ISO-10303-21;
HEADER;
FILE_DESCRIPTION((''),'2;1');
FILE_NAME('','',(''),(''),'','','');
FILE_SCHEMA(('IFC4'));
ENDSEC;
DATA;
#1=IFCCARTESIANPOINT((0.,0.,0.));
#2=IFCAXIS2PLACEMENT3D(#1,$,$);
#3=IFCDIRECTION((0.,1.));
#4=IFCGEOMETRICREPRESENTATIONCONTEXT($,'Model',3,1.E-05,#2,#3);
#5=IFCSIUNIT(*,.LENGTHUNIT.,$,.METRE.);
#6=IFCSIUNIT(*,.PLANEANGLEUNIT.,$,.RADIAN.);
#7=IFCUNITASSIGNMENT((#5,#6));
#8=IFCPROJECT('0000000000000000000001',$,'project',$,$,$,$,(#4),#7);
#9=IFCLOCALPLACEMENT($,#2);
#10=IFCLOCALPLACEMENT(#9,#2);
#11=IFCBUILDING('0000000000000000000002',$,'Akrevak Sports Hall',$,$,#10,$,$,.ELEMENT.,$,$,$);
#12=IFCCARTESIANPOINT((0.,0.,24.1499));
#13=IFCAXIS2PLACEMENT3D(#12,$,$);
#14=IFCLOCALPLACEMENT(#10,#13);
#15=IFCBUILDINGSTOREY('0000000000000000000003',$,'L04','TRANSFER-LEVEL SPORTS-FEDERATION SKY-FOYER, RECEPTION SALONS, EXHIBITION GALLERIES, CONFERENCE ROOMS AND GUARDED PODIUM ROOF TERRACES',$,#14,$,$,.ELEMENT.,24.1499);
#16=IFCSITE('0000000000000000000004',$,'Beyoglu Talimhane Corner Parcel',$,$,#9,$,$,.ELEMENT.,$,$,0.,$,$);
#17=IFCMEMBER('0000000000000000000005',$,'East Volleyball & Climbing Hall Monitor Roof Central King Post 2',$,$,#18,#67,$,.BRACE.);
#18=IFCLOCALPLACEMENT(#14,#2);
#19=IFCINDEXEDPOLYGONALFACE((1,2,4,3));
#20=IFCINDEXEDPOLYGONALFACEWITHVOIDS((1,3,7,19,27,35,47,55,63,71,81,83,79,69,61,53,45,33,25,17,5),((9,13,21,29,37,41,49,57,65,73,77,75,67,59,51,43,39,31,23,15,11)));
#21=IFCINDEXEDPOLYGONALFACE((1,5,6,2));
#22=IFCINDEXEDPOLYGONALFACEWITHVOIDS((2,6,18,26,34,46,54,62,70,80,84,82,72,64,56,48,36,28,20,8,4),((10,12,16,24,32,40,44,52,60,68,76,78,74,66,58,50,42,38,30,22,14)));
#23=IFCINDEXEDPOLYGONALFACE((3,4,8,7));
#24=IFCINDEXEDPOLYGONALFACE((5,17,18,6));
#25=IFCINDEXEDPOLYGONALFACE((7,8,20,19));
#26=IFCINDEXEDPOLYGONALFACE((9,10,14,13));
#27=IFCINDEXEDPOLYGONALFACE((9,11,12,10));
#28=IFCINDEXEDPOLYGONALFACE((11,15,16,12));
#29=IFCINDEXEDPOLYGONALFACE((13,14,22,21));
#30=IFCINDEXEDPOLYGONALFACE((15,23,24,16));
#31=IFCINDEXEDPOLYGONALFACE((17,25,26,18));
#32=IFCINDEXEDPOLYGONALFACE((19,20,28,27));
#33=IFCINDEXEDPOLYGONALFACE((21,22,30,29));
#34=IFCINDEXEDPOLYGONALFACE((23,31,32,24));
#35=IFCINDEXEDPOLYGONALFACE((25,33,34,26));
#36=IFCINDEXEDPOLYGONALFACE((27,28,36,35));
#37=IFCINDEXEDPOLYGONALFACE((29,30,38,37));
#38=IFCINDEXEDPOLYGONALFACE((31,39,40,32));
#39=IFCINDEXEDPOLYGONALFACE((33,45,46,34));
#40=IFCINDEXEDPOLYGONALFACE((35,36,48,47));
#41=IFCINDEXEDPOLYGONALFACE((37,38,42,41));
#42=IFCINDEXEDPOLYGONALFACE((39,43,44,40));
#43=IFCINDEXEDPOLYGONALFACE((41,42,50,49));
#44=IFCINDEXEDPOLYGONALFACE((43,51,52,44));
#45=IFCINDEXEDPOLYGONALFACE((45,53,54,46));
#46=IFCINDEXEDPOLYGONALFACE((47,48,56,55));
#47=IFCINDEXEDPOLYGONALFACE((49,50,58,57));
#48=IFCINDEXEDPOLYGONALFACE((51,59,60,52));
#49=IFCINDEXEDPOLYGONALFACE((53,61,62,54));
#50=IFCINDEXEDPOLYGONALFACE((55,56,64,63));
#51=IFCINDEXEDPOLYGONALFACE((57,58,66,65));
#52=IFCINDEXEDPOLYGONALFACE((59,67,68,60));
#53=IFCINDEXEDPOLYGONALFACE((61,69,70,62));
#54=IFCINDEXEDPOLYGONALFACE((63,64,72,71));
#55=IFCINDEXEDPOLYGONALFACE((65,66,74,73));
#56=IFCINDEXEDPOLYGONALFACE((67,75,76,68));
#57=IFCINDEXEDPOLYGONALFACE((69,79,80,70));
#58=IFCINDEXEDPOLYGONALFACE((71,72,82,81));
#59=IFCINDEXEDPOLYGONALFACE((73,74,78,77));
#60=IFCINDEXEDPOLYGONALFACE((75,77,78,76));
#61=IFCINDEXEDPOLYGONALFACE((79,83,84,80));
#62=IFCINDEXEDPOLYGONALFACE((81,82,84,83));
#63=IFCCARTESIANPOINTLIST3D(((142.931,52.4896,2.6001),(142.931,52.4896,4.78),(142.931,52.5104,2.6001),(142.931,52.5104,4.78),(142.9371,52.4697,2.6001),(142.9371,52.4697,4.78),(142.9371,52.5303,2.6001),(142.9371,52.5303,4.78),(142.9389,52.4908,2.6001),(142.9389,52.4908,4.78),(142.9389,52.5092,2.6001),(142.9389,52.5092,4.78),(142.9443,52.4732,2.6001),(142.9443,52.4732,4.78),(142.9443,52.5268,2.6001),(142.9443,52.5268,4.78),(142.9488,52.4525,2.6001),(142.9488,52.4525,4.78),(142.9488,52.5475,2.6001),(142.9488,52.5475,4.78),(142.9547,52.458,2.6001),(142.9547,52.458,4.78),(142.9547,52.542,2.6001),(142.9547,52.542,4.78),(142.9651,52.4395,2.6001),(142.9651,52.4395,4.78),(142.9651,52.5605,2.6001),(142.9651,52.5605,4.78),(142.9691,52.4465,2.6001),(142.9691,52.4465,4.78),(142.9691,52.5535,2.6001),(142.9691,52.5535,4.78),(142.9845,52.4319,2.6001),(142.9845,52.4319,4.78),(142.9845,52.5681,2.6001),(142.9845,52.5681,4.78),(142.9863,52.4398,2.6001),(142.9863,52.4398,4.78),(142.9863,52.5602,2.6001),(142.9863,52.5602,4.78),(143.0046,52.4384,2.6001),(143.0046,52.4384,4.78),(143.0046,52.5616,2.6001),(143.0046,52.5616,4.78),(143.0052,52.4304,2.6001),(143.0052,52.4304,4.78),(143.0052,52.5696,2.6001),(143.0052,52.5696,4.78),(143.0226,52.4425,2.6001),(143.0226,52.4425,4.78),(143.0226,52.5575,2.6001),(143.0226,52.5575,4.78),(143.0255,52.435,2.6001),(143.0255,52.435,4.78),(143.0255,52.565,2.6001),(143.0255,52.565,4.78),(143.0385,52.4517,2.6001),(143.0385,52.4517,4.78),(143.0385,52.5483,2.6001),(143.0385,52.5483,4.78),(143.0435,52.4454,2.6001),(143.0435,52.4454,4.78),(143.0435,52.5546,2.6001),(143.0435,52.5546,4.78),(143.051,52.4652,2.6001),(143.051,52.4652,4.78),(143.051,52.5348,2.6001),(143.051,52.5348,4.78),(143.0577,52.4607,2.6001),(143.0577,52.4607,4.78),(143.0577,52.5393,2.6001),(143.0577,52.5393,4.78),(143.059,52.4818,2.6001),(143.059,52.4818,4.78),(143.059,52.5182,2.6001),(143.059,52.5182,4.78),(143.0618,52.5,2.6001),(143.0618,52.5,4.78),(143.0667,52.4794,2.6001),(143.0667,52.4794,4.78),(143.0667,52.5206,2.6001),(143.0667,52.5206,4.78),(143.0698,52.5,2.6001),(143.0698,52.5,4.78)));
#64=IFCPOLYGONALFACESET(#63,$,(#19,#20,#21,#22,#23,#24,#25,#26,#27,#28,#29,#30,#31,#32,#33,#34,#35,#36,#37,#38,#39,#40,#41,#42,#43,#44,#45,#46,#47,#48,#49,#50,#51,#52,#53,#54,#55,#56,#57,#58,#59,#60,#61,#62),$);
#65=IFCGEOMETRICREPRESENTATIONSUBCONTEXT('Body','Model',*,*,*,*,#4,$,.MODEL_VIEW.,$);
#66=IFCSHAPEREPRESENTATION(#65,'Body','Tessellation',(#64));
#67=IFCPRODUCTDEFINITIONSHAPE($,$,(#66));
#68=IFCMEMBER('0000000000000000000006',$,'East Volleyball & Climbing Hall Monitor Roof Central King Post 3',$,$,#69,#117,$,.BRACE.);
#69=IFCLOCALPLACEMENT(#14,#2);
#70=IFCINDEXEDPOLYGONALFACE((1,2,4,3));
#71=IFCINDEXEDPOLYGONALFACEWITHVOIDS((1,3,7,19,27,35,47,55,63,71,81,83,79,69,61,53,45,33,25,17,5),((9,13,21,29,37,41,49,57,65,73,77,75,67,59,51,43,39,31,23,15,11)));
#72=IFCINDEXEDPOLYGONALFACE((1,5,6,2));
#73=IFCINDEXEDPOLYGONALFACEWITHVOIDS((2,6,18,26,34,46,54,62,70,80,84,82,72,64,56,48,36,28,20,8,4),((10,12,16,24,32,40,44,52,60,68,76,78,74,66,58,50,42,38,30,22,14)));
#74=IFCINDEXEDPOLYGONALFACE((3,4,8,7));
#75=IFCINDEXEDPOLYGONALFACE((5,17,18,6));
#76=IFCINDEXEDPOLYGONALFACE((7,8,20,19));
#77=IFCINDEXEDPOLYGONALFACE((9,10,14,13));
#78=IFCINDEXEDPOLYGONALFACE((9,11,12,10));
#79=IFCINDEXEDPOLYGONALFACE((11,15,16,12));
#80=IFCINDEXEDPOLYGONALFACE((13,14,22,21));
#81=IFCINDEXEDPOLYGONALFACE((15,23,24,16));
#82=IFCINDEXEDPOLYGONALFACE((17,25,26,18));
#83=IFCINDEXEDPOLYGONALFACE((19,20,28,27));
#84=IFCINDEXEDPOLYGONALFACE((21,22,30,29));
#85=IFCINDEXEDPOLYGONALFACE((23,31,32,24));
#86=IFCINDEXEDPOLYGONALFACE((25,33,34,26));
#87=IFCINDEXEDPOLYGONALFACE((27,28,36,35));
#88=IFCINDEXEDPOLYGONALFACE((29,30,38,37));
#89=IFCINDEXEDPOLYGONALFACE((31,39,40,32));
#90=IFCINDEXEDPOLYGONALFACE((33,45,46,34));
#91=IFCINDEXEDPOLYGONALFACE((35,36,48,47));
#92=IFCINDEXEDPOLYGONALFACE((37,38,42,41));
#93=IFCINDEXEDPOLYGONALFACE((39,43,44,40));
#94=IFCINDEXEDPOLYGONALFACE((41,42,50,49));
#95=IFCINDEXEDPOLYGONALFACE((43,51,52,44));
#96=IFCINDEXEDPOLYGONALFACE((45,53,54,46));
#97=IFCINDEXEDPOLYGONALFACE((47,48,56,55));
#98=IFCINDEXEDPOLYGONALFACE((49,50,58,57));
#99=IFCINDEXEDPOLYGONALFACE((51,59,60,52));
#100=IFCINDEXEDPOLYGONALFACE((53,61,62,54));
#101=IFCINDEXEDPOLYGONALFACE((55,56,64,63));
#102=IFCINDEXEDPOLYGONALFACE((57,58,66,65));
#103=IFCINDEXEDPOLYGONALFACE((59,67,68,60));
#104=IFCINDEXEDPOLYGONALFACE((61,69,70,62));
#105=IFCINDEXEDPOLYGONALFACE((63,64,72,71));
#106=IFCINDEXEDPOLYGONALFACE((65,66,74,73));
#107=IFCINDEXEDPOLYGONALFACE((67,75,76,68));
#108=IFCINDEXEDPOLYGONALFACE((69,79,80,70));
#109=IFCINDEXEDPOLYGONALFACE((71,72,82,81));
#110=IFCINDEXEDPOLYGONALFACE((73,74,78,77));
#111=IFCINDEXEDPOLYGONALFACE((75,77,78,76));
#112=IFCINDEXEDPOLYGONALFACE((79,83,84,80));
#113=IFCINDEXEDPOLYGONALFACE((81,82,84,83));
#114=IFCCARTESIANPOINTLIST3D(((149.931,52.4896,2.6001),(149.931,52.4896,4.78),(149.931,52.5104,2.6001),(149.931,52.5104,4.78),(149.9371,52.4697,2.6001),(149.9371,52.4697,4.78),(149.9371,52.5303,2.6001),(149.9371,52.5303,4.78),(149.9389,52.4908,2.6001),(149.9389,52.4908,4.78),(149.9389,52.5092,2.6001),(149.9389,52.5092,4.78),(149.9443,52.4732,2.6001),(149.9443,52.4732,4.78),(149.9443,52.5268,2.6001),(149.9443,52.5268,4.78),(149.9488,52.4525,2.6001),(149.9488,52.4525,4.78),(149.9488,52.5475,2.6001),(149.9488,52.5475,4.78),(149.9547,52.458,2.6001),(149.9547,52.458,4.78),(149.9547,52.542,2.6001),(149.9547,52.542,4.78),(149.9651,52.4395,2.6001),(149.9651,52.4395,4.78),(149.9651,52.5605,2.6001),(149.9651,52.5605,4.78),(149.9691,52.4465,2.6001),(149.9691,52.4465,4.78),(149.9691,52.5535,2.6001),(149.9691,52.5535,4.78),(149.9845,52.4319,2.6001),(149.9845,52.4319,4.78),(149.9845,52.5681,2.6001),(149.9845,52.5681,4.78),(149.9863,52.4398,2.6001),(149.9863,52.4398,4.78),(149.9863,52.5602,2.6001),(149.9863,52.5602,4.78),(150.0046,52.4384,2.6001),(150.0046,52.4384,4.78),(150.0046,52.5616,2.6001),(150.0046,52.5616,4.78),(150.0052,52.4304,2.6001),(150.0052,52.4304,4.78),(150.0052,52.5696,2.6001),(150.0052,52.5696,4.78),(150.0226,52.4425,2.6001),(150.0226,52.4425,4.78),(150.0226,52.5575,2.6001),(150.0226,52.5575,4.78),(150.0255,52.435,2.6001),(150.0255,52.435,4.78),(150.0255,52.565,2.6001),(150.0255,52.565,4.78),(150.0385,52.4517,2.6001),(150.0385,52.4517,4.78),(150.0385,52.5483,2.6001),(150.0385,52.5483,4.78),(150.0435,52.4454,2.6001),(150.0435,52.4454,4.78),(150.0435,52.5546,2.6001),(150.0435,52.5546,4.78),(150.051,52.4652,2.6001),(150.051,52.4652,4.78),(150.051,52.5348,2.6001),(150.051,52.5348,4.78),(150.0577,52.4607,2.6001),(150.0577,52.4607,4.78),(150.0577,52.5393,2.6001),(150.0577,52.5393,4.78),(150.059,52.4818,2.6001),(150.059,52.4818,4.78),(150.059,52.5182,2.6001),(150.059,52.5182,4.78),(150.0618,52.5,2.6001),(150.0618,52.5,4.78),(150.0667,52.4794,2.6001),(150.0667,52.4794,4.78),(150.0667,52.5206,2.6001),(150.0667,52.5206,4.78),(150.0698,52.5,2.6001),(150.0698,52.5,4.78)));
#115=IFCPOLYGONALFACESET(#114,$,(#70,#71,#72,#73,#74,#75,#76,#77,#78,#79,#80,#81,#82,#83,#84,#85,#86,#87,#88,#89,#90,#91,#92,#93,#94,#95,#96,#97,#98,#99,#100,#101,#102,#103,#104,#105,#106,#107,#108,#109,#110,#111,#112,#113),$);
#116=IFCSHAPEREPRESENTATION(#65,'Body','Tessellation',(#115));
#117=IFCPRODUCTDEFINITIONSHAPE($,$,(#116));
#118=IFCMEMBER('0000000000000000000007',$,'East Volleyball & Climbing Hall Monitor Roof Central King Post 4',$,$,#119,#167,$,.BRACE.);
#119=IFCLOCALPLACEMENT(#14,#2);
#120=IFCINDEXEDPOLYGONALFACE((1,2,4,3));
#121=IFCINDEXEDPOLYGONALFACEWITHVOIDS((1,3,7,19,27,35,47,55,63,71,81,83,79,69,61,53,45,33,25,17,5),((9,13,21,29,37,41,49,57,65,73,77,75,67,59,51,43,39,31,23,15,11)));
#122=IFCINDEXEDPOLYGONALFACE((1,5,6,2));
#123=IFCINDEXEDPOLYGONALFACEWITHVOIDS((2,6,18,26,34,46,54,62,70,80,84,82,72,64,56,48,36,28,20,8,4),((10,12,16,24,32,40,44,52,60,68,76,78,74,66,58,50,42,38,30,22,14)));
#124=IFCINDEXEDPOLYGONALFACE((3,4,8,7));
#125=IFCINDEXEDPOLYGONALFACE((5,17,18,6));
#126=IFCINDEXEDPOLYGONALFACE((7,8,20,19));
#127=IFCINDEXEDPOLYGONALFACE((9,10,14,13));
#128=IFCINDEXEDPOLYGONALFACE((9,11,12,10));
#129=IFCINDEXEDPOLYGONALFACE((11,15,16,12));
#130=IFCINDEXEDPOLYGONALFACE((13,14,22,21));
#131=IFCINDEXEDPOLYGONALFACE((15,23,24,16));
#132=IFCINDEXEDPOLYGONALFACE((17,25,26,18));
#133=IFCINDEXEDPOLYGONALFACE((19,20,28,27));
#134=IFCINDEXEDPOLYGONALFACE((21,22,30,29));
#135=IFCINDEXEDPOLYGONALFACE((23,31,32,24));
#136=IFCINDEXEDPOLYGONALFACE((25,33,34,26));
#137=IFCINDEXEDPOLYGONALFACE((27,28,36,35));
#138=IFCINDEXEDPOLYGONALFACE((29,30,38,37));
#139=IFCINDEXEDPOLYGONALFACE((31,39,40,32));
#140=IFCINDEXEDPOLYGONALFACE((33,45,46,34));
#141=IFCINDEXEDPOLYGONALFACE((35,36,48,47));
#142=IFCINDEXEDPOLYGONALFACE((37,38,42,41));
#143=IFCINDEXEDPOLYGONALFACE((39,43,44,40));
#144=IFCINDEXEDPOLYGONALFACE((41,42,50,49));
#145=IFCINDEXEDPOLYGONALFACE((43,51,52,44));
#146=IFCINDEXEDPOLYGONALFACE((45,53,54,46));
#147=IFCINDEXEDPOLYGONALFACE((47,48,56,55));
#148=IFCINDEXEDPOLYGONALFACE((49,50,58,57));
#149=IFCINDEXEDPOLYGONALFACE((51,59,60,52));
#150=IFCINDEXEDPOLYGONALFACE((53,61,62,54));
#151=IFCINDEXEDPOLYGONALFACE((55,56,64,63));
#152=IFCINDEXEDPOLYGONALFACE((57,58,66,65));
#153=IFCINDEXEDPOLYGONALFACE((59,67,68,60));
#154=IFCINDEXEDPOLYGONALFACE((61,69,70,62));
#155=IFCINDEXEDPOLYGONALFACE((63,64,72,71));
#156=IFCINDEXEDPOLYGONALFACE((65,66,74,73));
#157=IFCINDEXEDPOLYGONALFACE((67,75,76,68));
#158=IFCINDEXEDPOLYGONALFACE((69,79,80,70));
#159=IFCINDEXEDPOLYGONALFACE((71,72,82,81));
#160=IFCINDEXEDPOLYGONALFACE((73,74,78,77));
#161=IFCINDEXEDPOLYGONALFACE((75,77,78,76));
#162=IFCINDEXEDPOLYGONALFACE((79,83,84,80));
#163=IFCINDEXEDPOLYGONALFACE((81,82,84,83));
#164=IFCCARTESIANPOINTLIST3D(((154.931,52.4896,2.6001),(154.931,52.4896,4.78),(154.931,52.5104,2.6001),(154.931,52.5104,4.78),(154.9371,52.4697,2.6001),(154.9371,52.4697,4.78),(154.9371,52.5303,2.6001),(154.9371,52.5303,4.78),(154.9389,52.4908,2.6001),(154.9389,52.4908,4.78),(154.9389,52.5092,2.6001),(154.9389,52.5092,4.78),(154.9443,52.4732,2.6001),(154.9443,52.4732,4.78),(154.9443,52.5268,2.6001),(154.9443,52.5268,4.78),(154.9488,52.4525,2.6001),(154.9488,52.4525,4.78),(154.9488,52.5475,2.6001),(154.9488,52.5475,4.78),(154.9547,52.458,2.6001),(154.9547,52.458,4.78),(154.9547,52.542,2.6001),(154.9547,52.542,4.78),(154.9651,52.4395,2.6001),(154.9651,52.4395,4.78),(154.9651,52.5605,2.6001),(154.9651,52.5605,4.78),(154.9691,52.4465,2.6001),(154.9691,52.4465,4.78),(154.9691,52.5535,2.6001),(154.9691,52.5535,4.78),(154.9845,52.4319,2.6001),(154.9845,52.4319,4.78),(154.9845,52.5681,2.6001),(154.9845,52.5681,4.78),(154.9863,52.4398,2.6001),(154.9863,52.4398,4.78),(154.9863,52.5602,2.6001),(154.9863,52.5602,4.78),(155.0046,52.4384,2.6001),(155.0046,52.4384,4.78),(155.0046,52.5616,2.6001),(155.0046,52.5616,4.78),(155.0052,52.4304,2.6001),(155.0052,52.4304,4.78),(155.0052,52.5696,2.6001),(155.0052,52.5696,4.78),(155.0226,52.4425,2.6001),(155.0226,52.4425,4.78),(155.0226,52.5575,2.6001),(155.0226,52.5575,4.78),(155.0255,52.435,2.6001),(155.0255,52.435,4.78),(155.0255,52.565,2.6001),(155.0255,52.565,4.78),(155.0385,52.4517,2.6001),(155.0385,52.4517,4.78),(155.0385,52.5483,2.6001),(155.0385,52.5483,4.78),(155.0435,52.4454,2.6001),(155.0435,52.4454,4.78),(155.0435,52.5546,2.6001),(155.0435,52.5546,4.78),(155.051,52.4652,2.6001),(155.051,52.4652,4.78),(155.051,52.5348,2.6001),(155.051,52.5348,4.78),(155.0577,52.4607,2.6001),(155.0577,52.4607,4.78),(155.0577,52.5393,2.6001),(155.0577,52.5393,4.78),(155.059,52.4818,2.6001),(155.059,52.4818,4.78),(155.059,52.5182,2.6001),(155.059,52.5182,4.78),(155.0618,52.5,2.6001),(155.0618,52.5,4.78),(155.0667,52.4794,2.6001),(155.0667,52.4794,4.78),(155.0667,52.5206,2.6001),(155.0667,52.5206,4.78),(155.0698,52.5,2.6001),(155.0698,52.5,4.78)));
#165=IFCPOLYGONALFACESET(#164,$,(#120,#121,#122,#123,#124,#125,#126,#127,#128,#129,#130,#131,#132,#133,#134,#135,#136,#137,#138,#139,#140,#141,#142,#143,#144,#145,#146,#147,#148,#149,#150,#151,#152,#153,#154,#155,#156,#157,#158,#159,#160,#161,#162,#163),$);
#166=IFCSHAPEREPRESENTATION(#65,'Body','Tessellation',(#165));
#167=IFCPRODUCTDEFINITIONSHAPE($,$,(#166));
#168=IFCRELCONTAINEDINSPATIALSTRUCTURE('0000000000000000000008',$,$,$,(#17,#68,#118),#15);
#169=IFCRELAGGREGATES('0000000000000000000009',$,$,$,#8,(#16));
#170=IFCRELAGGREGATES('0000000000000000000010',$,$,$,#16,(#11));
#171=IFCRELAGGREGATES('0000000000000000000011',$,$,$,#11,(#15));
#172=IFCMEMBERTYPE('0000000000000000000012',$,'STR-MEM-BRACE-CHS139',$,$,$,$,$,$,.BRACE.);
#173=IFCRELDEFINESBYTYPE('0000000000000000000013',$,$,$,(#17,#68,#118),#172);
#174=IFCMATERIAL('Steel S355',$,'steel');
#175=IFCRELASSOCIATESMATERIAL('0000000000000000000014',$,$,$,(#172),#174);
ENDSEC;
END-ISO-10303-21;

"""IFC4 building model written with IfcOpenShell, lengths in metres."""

from ifc_helpers import new_model, si_unit, direction, frame, origin, origin_2d, place, context, subcontext, project, spatial, hollow_circle, extrude, material, material_profile, profile_set, type_object, element, save


model = new_model("IFC4")

# Units and contexts
model_context = context("Model", 3, precision=1e-05, world=origin(), true_north=direction((0.0, 1.0)))
body_context = subcontext(model_context, "Body", "Model", "MODEL_VIEW")
ifc_project = project(units=[si_unit("LENGTHUNIT", "METRE"), si_unit("PLANEANGLEUNIT", "RADIAN")], contexts=[model_context])

# Site, building, storey
site_placement = place(None, origin())
site = spatial("IfcSite", under=ifc_project, at=site_placement, Name="Beyoglu Talimhane Corner Parcel", CompositionType="ELEMENT", RefElevation=0.0)
building_placement = place(site_placement, origin())
building = spatial("IfcBuilding", under=site, at=building_placement, Name="Akrevak Sports Hall", CompositionType="ELEMENT")
storey_placement = place(building_placement, frame((0.0, 0.0, 24.1499)))
storey = spatial("IfcBuildingStorey", under=building, at=storey_placement, Name="L04", Description="TRANSFER-LEVEL SPORTS-FEDERATION SKY-FOYER, RECEPTION SALONS, EXHIBITION GALLERIES, CONFERENCE ROOMS AND GUARDED PODIUM ROOF TERRACES", CompositionType="ELEMENT", Elevation=24.1499)

# Members
ifc_material_1 = material(Name="Steel S355", Category="steel")
ifc_material_profile_1 = material_profile(ifc_material_1, hollow_circle(Radius=0.0698, WallThickness=0.0081, at=origin_2d()), Name="CHS 139.7x8", Category="steel")
ifc_profile_set_1 = profile_set([ifc_material_profile_1], Name="Steel S355")
member_type_1 = type_object("IfcMemberType", Name="STR-MEM-BRACE-CHS139", PredefinedType="BRACE", material=ifc_profile_set_1)
for number, where, z_axis, x_axis, name in (
    (1, (143.0, 52.5, 2.6001), (0.0, 0.0, 1.0), (1.0, 0.0, 0.0), "East Volleyball & Climbing Hall Monitor Roof Central King Post 2"),
    (2, (150.0, 52.5, 2.6001), (0.0, 0.0, 1.0), (1.0, 0.0, 0.0), "East Volleyball & Climbing Hall Monitor Roof Central King Post 3"),
    (3, (155.0, 52.5, 2.6001), (0.0, 0.0, 1.0), (1.0, 0.0, 0.0), "East Volleyball & Climbing Hall Monitor Roof Central King Post 4"),
):
    element("IfcMember", number, at=place(storey_placement, frame(where, z_axis=z_axis, x_axis=x_axis)), inside=storey, type_object=member_type_1, Name=name, PredefinedType="BRACE", context=body_context, shape_type="SweptSolid", body=[
        extrude(hollow_circle(Radius=0.0698, WallThickness=0.0081, at=origin_2d()), origin(), (0.0, 0.0, 1.0), 2.1799),
    ])

save(model, "model.ifc")
